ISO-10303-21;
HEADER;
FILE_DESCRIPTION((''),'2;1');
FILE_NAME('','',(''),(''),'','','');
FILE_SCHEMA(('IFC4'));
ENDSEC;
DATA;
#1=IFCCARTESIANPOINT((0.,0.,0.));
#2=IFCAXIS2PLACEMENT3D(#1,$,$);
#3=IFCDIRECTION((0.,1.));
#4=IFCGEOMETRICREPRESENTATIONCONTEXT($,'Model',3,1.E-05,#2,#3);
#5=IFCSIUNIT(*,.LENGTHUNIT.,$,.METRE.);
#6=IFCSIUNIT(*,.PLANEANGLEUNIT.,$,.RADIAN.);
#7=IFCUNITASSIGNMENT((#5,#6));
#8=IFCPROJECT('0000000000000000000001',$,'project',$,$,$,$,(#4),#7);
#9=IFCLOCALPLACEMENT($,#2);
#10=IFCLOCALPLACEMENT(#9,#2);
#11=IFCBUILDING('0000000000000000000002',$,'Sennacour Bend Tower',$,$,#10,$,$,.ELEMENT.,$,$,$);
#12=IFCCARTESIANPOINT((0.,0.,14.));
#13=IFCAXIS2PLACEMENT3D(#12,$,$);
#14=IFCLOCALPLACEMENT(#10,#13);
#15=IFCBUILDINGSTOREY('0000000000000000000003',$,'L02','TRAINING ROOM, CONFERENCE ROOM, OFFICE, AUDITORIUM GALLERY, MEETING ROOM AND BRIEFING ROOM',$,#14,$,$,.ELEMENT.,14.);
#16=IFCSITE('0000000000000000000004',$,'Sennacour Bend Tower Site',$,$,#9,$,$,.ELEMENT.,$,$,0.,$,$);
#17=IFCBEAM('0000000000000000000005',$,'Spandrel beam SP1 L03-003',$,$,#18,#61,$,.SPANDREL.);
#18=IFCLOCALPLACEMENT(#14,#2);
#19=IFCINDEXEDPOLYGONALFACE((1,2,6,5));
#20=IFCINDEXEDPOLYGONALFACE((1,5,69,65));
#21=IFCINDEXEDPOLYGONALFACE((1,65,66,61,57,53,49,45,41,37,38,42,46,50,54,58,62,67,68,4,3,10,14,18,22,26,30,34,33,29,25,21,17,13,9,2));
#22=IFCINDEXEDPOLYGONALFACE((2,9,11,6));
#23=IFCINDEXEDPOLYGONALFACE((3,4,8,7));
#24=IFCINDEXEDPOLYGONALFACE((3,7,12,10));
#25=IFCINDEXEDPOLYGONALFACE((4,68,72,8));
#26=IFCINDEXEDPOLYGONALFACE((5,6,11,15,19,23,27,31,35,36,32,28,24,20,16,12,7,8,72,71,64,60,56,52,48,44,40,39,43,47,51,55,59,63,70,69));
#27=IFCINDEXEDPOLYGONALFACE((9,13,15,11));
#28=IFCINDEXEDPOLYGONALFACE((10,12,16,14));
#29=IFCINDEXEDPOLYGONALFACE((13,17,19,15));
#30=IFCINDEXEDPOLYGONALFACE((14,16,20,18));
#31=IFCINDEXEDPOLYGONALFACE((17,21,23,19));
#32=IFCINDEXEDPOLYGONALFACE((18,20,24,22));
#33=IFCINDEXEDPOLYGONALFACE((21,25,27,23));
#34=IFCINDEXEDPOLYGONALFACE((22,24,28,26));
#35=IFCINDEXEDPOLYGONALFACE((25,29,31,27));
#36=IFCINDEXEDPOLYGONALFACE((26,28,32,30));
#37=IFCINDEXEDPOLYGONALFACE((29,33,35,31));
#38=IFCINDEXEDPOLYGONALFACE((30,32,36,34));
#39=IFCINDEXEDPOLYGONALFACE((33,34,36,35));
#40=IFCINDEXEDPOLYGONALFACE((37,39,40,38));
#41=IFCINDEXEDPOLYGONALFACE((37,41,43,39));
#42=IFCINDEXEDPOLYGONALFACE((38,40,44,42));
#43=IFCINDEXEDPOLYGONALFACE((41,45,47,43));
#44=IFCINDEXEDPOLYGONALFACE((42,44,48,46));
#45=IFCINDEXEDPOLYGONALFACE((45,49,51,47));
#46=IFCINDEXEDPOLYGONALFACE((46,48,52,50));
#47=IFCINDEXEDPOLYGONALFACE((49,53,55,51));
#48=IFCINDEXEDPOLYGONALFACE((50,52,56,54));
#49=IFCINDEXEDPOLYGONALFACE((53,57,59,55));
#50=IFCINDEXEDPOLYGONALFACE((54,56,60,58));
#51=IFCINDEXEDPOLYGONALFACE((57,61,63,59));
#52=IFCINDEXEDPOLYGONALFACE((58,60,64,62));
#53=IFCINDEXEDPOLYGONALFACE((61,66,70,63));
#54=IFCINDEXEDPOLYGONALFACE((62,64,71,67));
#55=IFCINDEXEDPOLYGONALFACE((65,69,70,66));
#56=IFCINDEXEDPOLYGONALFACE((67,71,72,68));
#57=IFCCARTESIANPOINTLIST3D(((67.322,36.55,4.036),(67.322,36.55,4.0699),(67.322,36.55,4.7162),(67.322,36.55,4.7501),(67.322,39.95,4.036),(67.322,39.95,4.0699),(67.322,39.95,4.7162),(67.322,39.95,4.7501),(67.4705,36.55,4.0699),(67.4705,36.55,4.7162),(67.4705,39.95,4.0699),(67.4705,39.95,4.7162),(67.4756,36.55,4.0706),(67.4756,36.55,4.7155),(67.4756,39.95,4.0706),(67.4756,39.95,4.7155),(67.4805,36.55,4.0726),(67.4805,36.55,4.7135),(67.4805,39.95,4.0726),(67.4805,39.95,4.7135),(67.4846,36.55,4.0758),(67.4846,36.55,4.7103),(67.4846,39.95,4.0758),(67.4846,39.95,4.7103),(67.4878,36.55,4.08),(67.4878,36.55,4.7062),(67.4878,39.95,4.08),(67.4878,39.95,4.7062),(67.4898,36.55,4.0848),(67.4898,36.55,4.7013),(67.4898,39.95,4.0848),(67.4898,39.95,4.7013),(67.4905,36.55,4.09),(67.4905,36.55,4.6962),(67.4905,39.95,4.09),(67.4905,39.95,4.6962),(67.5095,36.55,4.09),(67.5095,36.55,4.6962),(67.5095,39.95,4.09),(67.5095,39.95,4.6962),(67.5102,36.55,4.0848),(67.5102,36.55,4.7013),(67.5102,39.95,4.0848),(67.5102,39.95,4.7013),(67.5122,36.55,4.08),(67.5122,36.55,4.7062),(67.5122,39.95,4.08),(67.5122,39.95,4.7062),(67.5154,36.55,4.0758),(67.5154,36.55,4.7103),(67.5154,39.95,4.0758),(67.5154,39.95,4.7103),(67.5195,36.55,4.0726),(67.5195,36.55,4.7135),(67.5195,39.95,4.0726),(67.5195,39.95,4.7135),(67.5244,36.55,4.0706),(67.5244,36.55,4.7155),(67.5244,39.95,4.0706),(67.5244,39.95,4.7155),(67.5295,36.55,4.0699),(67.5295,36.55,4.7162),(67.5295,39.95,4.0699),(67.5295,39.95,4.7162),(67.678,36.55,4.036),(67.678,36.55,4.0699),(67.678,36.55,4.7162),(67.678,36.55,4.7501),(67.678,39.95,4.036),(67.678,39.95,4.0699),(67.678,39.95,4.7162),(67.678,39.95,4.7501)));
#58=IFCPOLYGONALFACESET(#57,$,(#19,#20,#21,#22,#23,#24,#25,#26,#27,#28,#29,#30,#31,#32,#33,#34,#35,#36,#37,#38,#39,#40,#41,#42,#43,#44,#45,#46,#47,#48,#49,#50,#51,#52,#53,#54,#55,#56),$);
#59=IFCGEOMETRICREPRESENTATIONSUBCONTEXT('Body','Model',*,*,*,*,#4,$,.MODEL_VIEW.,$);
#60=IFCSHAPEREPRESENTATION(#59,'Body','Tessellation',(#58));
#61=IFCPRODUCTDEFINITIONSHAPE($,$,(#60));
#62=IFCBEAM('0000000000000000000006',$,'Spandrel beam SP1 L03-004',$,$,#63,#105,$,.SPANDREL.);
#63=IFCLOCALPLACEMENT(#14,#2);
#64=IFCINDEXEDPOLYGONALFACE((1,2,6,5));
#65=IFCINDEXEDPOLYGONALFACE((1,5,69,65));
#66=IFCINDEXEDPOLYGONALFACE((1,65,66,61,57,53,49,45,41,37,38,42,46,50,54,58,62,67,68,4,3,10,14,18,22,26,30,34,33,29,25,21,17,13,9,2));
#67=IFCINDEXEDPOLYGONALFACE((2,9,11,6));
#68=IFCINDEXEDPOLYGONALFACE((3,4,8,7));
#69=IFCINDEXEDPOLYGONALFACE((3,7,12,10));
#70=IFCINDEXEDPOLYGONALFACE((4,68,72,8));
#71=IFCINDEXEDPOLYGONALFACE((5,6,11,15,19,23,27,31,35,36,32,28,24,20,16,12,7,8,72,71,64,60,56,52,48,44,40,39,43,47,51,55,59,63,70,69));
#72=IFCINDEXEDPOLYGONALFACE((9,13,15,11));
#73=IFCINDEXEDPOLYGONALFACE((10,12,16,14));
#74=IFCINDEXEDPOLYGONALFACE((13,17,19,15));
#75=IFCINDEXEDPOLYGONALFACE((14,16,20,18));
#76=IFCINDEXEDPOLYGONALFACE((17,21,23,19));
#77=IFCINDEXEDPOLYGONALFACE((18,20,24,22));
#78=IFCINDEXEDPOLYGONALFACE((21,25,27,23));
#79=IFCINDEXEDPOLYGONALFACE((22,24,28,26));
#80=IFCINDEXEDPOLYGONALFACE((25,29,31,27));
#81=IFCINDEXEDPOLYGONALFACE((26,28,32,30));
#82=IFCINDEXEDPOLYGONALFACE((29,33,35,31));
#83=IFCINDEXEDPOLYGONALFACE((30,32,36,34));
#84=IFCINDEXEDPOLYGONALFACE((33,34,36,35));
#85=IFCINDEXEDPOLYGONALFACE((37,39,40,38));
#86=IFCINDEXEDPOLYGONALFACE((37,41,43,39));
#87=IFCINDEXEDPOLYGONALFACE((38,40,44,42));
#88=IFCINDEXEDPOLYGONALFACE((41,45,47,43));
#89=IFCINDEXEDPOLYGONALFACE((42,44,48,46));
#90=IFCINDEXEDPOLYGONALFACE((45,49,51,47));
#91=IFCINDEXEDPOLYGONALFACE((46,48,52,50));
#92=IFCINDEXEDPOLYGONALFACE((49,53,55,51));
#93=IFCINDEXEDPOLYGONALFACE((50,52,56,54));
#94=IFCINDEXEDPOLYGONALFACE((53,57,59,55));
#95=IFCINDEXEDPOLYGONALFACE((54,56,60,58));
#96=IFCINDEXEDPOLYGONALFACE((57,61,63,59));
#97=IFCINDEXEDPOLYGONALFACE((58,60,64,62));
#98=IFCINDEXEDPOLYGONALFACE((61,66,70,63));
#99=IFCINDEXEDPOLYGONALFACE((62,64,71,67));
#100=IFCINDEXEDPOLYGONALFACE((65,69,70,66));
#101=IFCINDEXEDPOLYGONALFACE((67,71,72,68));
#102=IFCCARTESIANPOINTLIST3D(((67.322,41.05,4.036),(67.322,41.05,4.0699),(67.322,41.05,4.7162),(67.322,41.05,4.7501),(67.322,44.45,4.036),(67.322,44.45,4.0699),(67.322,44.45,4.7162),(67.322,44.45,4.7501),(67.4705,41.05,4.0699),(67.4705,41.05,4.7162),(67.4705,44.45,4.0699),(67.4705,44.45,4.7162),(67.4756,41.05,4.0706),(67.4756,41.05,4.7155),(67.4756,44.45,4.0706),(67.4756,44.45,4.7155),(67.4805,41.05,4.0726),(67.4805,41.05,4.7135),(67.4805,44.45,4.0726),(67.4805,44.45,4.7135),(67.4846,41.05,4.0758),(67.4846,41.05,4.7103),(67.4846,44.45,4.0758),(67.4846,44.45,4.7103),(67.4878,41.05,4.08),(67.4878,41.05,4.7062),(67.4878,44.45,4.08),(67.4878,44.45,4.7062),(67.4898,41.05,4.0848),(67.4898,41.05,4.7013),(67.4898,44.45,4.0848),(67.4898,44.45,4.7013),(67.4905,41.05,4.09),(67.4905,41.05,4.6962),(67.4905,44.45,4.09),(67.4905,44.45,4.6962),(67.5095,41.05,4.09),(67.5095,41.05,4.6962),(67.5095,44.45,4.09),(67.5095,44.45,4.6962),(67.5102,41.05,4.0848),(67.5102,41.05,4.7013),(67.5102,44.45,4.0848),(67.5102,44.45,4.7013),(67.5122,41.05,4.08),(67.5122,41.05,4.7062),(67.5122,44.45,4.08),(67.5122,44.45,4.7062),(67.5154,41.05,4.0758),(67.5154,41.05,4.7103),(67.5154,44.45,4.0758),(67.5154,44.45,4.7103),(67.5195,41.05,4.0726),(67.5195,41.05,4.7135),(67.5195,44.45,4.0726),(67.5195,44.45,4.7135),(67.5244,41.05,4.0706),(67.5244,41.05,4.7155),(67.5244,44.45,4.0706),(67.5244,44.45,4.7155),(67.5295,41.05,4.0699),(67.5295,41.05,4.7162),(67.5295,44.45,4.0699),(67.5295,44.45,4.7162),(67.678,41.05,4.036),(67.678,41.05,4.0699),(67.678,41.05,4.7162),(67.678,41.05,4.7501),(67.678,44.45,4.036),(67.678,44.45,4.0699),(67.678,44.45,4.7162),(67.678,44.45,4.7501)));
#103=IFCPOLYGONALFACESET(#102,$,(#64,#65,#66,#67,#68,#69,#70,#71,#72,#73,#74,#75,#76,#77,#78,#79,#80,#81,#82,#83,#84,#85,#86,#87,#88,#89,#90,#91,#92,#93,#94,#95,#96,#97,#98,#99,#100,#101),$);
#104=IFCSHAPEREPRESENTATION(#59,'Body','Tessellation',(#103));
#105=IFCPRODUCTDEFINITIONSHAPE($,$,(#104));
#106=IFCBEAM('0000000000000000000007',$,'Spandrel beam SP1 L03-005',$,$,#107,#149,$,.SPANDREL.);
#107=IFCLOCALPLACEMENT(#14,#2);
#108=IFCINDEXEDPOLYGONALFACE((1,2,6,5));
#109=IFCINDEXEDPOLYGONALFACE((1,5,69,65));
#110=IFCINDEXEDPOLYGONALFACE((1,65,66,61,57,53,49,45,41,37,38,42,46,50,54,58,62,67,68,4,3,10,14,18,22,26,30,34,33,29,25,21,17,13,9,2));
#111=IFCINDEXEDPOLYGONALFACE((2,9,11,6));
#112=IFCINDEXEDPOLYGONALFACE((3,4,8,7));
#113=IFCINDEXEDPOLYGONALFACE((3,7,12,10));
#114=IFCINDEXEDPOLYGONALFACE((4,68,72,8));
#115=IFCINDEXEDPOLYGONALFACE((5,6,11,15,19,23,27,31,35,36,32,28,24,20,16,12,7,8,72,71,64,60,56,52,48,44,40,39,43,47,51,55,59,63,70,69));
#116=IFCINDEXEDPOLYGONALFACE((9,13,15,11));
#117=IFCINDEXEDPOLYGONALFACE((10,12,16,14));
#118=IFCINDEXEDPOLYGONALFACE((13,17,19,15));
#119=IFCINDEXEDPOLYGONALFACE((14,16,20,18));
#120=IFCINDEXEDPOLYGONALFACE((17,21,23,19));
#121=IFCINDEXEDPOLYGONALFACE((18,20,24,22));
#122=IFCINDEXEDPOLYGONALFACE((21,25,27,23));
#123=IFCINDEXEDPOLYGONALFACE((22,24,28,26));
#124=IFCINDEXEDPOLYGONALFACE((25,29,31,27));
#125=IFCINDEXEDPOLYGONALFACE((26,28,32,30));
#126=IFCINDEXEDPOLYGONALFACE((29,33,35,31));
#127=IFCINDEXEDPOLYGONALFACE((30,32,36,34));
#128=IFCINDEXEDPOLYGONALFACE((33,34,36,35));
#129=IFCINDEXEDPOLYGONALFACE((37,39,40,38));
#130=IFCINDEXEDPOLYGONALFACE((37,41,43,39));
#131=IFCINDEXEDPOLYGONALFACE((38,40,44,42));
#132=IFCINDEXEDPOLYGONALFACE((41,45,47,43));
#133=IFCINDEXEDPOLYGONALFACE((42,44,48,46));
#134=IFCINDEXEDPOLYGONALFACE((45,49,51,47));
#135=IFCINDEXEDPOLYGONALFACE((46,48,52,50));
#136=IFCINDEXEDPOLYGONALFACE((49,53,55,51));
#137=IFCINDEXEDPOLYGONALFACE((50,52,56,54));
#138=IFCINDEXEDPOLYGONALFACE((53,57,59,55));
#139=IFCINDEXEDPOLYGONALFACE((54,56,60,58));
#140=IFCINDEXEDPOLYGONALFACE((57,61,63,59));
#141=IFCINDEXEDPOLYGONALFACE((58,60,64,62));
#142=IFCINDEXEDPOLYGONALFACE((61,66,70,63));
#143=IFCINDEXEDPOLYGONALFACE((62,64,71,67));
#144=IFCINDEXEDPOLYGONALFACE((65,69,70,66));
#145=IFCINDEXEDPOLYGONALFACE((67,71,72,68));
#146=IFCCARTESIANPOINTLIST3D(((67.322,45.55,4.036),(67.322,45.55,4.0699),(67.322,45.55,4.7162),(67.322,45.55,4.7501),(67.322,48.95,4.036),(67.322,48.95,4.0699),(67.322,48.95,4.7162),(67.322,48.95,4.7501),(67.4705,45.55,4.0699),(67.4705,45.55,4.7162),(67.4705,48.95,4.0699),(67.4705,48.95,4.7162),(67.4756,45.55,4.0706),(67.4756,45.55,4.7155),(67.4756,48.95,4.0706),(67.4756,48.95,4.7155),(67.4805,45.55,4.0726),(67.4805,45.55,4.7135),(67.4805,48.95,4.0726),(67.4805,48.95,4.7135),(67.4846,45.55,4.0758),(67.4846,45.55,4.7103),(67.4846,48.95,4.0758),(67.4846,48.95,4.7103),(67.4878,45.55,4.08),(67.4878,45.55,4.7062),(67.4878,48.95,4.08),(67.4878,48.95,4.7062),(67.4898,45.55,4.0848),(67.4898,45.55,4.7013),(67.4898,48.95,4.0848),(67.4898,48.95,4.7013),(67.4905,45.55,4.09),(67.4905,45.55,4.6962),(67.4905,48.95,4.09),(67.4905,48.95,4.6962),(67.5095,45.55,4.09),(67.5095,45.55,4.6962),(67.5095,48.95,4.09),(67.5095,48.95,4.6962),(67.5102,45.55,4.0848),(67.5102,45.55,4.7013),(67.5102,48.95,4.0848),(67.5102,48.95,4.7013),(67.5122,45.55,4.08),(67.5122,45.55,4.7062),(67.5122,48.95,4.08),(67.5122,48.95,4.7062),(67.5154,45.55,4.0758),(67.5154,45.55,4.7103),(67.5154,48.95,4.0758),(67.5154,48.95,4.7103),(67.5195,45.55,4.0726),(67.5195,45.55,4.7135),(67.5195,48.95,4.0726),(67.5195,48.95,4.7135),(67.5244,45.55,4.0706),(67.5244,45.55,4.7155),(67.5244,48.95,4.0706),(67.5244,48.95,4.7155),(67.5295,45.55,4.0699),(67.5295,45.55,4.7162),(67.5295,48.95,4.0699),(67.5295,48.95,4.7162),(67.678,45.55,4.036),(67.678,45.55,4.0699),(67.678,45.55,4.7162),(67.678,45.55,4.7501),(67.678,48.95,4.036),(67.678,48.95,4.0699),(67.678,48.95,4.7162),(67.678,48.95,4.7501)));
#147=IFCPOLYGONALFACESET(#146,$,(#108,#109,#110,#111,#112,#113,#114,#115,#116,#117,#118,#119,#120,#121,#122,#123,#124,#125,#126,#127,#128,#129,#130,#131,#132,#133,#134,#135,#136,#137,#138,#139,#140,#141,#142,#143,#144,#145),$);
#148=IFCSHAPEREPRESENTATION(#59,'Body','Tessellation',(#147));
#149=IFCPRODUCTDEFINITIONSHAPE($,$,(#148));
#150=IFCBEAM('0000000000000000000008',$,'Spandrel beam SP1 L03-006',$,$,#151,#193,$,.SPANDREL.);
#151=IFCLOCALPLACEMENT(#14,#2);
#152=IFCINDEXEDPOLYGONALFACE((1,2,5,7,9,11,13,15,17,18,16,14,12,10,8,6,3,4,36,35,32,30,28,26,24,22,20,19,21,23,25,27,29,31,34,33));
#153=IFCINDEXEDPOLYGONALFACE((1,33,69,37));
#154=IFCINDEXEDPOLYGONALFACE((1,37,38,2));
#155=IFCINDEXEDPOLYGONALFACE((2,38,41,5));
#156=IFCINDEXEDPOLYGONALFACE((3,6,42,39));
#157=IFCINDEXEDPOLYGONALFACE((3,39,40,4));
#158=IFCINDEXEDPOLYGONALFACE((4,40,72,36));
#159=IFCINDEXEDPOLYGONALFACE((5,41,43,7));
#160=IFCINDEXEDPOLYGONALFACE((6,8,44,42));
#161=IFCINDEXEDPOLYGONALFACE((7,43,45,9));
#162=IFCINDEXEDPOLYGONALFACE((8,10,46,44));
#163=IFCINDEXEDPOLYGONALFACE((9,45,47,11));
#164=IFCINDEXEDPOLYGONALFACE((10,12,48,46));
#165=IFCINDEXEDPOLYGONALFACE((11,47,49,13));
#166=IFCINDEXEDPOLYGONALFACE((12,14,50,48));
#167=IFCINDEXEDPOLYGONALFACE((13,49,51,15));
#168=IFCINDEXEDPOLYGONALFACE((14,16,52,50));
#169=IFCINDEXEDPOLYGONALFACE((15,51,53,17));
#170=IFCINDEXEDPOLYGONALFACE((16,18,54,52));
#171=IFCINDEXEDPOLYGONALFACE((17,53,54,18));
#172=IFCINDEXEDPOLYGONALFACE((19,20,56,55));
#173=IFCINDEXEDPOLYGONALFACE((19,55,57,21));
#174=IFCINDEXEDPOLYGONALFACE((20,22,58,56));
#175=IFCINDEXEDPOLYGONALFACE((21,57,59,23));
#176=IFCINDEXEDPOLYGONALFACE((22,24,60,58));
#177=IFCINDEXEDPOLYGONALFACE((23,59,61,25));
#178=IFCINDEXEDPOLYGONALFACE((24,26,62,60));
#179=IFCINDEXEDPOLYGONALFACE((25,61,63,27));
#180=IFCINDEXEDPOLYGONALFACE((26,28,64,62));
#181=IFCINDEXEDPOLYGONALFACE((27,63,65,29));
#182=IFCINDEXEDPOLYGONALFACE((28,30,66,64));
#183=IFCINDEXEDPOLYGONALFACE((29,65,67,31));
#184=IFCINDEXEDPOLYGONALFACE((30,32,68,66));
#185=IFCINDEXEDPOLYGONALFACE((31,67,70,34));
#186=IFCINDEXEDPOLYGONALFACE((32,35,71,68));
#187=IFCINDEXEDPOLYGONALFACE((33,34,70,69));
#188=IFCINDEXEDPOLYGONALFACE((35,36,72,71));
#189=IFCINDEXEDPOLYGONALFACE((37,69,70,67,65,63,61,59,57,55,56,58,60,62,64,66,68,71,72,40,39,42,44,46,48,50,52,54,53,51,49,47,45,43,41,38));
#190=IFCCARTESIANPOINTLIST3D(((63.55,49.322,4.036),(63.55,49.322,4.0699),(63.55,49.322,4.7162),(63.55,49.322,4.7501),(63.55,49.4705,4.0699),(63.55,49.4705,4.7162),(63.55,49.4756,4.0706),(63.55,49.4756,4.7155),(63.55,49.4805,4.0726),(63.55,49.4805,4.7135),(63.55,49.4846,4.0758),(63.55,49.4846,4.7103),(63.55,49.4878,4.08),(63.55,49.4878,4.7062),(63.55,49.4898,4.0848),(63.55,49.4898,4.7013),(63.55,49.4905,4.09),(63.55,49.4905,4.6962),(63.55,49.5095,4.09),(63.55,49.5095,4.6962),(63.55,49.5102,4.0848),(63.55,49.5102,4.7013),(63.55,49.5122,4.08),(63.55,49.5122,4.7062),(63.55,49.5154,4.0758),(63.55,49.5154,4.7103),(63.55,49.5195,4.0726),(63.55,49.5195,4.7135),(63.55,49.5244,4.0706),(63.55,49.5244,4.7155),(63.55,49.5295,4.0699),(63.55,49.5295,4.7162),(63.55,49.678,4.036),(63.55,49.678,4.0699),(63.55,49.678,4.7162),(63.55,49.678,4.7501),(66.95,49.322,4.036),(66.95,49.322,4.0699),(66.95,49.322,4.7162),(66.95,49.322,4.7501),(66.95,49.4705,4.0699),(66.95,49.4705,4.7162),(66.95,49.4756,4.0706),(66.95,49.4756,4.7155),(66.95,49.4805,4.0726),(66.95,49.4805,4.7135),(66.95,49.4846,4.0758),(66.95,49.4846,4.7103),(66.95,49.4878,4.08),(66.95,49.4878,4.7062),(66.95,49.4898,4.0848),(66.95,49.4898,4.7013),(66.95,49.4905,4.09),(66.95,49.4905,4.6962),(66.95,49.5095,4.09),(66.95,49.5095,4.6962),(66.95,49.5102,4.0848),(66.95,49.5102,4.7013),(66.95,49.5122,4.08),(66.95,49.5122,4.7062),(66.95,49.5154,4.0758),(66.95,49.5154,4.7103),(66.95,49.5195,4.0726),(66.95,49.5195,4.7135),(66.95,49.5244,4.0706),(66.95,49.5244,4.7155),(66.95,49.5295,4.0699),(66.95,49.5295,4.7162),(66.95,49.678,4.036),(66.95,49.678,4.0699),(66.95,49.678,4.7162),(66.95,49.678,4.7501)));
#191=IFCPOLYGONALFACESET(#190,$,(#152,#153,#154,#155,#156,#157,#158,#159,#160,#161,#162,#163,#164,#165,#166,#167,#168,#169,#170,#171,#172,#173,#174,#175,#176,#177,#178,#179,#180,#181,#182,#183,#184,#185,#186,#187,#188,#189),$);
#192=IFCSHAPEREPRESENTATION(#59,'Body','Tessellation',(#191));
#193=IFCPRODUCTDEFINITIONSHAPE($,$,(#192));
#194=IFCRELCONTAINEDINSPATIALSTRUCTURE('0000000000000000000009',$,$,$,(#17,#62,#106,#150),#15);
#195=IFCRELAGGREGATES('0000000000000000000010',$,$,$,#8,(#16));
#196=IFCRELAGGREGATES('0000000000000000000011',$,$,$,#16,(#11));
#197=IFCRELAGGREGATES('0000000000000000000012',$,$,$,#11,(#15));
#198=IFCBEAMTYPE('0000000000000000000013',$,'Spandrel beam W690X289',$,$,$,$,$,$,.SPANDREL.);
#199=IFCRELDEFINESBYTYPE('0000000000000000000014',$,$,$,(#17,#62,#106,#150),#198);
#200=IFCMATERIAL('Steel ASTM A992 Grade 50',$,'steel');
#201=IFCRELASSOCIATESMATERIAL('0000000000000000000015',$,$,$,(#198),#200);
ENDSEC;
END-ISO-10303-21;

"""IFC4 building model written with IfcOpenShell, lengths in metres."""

from ifc_helpers import new_model, si_unit, direction, frame, origin, origin_2d, place, context, subcontext, project, spatial, i_section, extrude, material, material_profile, profile_set, type_object, element, save


model = new_model("IFC4")

# Units and contexts
model_context = context("Model", 3, precision=1e-05, world=origin(), true_north=direction((0.0, 1.0)))
body_context = subcontext(model_context, "Body", "Model", "MODEL_VIEW")
ifc_project = project(units=[si_unit("LENGTHUNIT", "METRE"), si_unit("PLANEANGLEUNIT", "RADIAN")], contexts=[model_context])

# Site, building, storey
site_placement = place(None, origin())
site = spatial("IfcSite", under=ifc_project, at=site_placement, Name="Sennacour Bend Tower Site", CompositionType="ELEMENT", RefElevation=0.0)
building_placement = place(site_placement, origin())
building = spatial("IfcBuilding", under=site, at=building_placement, Name="Sennacour Bend Tower", CompositionType="ELEMENT")
storey_placement = place(building_placement, frame((0.0, 0.0, 14.0)))
storey = spatial("IfcBuildingStorey", under=building, at=storey_placement, Name="L02", Description="TRAINING ROOM, CONFERENCE ROOM, OFFICE, AUDITORIUM GALLERY, MEETING ROOM AND BRIEFING ROOM", CompositionType="ELEMENT", Elevation=14.0)

# Beams
ifc_material_1 = material(Name="Steel ASTM A992 Grade 50", Category="steel")
ifc_material_profile_1 = material_profile(ifc_material_1, i_section(OverallWidth=0.356, OverallDepth=0.7141, WebThickness=0.019, FlangeThickness=0.0339, FilletRadius=0.02, at=origin_2d()), Name="Steel ASTM A992 Grade 50", Category="steel")
ifc_profile_set_1 = profile_set([ifc_material_profile_1], Name="Steel ASTM A992 Grade 50")
beam_type = type_object("IfcBeamType", Name="Spandrel beam W690X289", PredefinedType="SPANDREL", material=ifc_profile_set_1)
for number, where, z_axis, x_axis, name in (
    (1, (67.5, 36.55, 4.3931), (0.0, 1.0, 0.0), (-1.0, 0.0, 0.0), "Spandrel beam SP1 L03-003"),
    (2, (67.5, 41.05, 4.3931), (0.0, 1.0, 0.0), (-1.0, 0.0, 0.0), "Spandrel beam SP1 L03-004"),
    (3, (67.5, 45.55, 4.3931), (0.0, 1.0, 0.0), (-1.0, 0.0, 0.0), "Spandrel beam SP1 L03-005"),
    (4, (66.95, 49.5, 4.3931), (-1.0, 0.0, 0.0), (0.0, -1.0, 0.0), "Spandrel beam SP1 L03-006"),
):
    element("IfcBeam", number, at=place(storey_placement, frame(where, z_axis=z_axis, x_axis=x_axis)), inside=storey, type_object=beam_type, Name=name, PredefinedType="SPANDREL", context=body_context, shape_type="SweptSolid", body=[
        extrude(i_section(OverallWidth=0.356, OverallDepth=0.7141, WebThickness=0.019, FlangeThickness=0.0339, FilletRadius=0.02, at=origin_2d()), origin(), (0.0, 0.0, 1.0), 3.3999),
    ])

save(model, "model.ifc")
